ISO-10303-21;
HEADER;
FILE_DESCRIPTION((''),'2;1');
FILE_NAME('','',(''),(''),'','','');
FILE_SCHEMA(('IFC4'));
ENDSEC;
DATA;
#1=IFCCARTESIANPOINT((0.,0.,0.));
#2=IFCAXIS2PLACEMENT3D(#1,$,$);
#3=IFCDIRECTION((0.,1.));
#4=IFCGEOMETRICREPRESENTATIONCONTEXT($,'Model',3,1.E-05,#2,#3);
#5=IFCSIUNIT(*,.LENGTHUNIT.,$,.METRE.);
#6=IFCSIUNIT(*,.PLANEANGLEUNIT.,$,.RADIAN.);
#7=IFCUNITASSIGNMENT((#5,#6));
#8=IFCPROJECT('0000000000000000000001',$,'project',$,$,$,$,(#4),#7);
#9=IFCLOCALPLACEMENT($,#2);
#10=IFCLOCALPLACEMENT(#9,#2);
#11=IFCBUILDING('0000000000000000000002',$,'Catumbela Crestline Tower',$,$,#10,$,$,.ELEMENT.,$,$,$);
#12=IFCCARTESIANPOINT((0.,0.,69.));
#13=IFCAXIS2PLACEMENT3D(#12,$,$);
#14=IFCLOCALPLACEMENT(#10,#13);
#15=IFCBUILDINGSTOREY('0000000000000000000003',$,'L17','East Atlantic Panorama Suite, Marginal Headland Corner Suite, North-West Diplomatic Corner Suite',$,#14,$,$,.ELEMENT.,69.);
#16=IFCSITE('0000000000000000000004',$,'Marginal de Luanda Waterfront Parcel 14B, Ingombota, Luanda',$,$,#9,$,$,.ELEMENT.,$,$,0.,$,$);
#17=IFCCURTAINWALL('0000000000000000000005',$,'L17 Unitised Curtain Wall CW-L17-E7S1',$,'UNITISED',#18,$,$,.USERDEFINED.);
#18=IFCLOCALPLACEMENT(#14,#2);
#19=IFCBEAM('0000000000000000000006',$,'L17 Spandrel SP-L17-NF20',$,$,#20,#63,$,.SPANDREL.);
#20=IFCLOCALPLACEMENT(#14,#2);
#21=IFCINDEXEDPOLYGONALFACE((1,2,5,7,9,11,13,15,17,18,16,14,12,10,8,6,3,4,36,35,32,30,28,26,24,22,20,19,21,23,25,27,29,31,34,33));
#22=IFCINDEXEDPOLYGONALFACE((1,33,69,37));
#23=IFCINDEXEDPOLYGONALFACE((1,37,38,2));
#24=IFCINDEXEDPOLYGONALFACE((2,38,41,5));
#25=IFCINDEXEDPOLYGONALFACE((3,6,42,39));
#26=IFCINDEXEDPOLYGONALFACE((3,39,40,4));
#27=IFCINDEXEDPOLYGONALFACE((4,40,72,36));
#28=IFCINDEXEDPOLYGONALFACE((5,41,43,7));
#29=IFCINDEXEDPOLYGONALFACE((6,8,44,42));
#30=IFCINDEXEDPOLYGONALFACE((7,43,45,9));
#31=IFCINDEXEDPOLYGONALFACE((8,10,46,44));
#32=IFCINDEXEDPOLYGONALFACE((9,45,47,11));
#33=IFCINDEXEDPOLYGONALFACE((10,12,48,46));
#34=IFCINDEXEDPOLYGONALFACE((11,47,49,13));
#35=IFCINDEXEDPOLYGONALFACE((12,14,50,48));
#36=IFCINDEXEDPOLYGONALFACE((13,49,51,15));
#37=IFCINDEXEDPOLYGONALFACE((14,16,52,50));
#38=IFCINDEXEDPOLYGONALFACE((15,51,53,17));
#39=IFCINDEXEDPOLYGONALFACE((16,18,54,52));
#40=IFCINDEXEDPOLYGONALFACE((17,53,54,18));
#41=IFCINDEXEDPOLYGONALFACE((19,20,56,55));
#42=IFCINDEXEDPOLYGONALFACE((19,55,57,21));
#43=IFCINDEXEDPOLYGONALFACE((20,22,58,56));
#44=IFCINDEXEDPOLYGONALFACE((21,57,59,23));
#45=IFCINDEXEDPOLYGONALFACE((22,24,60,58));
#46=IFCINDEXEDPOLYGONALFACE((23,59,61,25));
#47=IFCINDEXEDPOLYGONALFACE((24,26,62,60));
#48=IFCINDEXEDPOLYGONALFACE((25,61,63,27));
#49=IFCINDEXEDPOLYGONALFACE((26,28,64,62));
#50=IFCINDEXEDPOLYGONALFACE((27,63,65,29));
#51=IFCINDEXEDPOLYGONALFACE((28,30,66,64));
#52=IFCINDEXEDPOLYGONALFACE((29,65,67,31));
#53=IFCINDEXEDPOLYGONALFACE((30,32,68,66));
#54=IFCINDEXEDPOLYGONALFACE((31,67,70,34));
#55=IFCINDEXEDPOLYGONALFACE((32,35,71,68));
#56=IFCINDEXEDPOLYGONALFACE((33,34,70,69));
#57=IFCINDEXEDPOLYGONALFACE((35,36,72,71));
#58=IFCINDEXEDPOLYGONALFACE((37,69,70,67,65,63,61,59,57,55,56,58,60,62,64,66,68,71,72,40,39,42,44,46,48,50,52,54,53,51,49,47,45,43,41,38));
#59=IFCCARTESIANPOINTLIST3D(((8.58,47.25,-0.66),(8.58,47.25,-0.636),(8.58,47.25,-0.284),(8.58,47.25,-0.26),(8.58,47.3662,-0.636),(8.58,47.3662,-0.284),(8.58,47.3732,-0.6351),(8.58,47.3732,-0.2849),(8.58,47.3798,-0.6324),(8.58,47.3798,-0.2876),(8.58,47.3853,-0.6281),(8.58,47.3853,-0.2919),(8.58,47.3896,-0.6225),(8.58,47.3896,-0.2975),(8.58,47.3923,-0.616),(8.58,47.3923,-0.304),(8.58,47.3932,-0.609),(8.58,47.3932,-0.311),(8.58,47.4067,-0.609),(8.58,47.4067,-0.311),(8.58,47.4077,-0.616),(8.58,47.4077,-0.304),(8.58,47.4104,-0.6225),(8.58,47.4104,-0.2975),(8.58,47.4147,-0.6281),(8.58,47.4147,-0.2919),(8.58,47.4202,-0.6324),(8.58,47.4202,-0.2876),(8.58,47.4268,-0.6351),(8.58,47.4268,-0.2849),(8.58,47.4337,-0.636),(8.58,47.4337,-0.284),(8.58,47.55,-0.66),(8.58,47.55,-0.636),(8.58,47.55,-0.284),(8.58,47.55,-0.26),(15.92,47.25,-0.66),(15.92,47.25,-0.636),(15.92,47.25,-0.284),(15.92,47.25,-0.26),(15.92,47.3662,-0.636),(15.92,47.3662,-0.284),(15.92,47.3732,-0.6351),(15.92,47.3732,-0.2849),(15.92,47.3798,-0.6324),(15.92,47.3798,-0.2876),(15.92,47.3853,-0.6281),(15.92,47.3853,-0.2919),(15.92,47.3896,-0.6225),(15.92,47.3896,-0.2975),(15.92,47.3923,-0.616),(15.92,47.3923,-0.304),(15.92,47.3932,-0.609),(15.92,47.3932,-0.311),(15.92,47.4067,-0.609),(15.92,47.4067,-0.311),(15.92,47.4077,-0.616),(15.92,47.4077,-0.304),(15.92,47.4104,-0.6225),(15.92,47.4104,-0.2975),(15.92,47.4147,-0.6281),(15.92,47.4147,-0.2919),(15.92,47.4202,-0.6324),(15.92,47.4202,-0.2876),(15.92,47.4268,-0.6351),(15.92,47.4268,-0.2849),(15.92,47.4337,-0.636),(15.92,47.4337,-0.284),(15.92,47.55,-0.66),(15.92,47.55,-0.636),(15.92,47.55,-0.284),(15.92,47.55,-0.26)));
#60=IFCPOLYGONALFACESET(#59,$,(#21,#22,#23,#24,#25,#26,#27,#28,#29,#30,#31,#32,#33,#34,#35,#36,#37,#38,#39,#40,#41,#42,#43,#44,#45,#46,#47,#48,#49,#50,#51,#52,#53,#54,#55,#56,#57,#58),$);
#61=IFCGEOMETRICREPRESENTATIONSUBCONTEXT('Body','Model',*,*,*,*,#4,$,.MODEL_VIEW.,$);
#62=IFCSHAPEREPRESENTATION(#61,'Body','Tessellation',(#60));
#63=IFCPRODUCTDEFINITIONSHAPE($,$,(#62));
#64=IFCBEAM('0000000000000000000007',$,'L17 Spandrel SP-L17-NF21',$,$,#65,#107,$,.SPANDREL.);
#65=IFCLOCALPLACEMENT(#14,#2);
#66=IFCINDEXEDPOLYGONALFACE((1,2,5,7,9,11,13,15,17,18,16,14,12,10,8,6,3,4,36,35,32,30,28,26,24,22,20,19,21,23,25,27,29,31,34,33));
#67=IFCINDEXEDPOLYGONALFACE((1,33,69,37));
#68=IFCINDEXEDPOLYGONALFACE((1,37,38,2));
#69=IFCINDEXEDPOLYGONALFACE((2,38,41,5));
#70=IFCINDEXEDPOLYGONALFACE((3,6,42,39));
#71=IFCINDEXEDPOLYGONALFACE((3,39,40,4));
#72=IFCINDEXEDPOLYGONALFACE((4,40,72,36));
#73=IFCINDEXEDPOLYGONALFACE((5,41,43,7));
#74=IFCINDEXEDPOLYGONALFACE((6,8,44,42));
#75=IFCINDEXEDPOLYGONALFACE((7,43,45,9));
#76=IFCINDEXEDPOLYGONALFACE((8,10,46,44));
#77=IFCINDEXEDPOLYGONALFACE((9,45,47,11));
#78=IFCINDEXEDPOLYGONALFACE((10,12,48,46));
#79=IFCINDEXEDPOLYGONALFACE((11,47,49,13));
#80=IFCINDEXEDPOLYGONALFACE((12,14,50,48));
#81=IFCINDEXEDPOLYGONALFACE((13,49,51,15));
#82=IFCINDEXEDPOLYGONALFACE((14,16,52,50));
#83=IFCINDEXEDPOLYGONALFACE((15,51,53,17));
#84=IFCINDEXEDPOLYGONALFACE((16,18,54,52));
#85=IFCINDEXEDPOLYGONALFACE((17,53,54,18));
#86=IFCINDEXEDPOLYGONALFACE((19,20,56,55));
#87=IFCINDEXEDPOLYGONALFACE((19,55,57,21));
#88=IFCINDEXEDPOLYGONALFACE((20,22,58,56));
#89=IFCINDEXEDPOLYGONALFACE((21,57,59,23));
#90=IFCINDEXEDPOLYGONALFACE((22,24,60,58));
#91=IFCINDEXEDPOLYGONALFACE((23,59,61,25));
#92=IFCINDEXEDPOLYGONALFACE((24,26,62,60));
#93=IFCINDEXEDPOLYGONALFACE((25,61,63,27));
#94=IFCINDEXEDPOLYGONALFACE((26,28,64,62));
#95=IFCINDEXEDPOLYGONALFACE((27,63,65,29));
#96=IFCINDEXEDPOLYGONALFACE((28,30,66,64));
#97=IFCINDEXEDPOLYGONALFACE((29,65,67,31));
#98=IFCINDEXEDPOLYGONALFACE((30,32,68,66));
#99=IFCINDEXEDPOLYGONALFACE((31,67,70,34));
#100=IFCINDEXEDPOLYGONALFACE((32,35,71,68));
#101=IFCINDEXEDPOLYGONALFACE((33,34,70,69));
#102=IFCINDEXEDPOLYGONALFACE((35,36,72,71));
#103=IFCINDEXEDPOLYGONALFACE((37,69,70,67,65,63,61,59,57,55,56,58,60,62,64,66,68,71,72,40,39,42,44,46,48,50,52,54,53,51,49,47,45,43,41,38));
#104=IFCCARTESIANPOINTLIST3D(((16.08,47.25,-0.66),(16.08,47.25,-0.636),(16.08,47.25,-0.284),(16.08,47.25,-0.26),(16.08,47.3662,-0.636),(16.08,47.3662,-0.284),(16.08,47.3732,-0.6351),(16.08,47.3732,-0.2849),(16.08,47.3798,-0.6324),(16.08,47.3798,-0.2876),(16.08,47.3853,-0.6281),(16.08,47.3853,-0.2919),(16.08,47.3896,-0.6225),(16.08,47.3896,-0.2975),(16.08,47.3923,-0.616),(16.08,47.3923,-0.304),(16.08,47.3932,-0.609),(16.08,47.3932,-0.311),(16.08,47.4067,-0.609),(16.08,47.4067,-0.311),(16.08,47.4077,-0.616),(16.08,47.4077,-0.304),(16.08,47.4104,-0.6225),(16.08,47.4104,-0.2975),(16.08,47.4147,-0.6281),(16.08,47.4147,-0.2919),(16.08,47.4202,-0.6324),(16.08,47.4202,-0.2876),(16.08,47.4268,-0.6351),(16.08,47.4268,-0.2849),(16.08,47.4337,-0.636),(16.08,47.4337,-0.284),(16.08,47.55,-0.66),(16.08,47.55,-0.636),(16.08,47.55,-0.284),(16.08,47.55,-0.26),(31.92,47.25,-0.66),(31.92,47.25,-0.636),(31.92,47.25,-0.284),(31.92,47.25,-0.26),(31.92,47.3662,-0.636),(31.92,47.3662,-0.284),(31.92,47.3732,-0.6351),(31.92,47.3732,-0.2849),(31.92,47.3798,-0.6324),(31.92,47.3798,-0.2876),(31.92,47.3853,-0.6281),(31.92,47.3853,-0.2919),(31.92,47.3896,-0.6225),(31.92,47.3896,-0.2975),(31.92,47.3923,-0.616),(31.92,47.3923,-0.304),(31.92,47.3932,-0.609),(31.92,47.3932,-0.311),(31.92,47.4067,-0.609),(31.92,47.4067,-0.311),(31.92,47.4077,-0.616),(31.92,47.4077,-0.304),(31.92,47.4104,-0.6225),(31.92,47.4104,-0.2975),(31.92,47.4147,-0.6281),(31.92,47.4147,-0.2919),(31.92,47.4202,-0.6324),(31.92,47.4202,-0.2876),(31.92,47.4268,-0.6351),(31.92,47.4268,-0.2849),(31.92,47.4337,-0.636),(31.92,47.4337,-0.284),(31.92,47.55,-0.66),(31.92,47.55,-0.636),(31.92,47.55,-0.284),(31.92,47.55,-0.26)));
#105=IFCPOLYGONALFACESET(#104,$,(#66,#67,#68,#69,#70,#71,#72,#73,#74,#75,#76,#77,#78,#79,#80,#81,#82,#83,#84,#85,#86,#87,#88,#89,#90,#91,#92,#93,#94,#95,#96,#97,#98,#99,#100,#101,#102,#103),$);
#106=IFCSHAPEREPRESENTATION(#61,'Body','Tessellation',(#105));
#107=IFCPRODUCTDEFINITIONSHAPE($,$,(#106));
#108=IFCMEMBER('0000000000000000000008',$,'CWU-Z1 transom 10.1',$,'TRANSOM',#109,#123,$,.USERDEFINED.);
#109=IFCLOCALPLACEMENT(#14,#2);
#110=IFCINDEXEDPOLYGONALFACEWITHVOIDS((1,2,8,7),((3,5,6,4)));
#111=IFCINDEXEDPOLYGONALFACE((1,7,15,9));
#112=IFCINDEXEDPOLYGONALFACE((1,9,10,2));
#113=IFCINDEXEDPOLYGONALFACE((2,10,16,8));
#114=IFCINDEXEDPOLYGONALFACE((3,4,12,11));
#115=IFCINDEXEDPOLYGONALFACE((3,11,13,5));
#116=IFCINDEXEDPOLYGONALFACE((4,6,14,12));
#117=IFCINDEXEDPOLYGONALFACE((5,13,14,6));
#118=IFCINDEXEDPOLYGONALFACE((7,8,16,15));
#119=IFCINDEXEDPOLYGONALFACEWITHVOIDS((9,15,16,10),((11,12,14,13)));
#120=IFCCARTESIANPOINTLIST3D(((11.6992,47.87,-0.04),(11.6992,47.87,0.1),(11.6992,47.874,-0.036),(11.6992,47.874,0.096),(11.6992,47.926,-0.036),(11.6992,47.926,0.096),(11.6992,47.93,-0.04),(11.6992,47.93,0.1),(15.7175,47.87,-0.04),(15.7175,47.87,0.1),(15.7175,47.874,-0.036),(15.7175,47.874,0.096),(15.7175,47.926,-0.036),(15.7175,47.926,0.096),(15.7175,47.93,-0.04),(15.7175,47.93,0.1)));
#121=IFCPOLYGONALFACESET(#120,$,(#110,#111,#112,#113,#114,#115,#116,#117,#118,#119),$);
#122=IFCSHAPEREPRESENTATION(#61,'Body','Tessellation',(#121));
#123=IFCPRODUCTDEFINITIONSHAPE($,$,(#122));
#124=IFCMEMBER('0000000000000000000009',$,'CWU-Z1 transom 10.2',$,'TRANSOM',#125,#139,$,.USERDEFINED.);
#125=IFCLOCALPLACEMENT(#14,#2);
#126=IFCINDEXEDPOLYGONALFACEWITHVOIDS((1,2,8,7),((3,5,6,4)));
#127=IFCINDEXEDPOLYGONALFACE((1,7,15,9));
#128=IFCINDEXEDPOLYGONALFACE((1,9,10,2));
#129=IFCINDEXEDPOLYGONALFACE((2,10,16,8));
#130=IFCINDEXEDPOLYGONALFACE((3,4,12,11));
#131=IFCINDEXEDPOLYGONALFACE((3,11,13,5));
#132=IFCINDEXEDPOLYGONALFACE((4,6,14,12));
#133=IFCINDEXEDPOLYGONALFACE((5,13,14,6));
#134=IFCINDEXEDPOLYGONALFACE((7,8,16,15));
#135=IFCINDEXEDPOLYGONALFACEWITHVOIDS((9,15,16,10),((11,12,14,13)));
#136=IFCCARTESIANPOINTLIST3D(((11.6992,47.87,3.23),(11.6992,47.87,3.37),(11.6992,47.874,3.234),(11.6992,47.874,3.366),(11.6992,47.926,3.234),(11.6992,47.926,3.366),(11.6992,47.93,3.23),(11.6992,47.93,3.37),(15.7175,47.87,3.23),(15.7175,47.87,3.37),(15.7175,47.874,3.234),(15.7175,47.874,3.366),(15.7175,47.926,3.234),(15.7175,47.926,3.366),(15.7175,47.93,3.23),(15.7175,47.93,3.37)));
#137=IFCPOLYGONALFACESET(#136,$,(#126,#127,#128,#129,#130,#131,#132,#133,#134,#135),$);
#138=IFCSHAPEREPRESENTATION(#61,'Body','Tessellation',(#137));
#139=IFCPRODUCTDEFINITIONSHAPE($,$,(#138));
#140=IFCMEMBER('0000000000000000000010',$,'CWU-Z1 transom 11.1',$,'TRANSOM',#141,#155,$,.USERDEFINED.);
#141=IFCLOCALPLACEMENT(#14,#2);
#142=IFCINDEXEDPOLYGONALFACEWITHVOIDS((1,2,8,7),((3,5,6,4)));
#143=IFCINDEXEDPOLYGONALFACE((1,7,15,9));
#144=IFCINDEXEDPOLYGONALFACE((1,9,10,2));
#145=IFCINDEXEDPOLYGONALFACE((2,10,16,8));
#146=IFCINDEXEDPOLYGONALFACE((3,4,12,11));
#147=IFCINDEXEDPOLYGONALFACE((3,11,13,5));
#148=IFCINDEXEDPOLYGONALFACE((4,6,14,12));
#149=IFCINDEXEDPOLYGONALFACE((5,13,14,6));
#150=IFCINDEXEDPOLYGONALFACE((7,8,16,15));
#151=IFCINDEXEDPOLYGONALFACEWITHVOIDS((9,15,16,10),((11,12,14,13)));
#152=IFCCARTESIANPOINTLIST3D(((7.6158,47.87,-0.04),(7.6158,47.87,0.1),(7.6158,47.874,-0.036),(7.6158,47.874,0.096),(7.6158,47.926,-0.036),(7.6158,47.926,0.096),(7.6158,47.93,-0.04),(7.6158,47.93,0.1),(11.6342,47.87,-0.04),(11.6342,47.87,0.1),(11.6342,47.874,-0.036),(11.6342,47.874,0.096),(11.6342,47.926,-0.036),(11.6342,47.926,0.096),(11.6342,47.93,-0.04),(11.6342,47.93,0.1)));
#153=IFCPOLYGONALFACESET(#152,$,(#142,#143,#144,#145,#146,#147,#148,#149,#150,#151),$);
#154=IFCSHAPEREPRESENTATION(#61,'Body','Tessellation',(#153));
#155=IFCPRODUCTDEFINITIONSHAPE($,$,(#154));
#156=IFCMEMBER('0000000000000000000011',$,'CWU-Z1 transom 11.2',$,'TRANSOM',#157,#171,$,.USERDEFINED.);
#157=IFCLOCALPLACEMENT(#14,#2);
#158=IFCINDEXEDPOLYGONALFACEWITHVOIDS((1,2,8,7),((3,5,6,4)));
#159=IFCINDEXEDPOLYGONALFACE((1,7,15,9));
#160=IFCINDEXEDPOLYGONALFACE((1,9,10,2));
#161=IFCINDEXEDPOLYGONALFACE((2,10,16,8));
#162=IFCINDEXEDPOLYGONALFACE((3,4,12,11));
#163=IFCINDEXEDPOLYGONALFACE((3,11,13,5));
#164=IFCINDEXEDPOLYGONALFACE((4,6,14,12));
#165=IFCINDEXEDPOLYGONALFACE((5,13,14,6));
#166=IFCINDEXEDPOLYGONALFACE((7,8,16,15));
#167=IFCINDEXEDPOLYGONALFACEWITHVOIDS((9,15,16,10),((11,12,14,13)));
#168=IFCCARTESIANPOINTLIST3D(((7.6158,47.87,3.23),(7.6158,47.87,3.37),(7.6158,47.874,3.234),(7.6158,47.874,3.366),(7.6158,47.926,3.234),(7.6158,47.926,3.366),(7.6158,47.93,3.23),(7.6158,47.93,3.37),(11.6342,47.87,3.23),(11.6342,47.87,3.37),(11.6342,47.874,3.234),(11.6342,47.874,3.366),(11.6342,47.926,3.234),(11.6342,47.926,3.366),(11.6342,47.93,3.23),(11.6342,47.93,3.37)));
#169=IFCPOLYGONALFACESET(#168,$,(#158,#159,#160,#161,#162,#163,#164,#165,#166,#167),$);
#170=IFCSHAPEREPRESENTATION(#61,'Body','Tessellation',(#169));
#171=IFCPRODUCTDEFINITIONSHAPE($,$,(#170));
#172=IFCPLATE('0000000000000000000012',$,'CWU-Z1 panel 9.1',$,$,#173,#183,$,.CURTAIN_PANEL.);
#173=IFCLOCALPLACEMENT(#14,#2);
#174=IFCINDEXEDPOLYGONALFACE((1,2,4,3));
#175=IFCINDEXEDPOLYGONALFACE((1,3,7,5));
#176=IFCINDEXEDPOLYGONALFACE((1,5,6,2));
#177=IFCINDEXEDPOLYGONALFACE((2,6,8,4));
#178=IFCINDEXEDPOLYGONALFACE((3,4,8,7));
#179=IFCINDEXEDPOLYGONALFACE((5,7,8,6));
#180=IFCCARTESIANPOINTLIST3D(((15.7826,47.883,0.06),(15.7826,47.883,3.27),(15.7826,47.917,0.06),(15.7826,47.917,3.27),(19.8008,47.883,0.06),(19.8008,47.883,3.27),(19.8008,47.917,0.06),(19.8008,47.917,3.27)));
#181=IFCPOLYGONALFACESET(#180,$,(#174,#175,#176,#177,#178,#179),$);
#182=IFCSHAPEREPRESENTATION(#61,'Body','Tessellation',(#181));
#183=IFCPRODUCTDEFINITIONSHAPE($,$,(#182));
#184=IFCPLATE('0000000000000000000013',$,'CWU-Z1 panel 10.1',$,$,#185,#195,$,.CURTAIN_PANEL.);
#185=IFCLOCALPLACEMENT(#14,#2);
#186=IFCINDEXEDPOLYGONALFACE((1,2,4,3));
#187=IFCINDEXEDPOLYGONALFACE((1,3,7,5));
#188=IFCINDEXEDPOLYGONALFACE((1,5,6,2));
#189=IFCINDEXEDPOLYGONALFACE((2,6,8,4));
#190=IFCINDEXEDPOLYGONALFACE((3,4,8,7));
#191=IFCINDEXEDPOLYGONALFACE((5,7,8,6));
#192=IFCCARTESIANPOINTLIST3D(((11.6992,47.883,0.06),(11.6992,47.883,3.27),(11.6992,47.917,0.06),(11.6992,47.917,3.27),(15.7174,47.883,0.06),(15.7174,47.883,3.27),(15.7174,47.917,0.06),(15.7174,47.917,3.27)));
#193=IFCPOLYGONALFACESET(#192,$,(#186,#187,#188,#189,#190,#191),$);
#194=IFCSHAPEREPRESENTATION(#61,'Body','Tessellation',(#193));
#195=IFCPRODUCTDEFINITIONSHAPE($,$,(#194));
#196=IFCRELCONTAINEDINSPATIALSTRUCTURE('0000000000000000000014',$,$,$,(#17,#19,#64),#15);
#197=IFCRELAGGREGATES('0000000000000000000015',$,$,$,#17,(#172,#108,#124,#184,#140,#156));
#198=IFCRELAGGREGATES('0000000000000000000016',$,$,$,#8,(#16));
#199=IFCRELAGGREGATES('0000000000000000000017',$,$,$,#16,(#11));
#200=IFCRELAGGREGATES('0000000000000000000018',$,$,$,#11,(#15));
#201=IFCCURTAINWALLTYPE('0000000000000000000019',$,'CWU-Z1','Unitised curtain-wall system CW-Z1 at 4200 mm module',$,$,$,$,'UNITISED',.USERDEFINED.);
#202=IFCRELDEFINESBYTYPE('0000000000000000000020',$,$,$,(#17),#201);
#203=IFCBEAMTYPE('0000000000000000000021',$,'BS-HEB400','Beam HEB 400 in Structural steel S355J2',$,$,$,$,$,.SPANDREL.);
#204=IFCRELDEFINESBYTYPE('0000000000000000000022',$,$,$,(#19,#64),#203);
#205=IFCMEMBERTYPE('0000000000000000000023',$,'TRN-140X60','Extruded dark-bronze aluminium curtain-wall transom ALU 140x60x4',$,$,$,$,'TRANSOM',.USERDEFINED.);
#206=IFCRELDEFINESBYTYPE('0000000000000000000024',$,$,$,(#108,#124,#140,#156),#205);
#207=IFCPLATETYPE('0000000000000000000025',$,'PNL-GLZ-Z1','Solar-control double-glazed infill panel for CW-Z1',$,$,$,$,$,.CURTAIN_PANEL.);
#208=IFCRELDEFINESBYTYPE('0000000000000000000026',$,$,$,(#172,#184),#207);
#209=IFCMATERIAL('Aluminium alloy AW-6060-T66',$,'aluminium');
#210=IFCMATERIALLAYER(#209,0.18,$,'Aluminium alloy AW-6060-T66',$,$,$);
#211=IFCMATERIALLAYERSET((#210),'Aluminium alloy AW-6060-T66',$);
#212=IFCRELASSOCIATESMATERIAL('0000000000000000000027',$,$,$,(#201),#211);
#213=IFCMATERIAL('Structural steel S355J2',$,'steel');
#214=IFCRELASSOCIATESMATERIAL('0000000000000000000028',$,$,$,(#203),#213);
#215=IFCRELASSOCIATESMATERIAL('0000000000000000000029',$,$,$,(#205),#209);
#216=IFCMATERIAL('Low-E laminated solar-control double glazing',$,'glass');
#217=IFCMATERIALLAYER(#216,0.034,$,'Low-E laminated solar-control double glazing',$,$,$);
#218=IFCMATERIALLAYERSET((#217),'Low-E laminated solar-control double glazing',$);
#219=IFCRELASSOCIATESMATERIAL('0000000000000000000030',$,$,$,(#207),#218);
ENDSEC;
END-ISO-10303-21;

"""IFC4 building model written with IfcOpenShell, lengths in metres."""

from ifc_helpers import new_model, si_unit, direction, frame, origin, origin_2d, place, context, subcontext, project, spatial, rectangle, hollow_rectangle, i_section, extrude, material, layer, layer_set, material_profile, profile_set, type_object, element, aggregate, save


model = new_model("IFC4")

# Units and contexts
model_context = context("Model", 3, precision=1e-05, world=origin(), true_north=direction((0.0, 1.0)))
body_context = subcontext(model_context, "Body", "Model", "MODEL_VIEW")
ifc_project = project(units=[si_unit("LENGTHUNIT", "METRE"), si_unit("PLANEANGLEUNIT", "RADIAN")], contexts=[model_context])

# Site, building, storey
site_placement = place(None, origin())
site = spatial("IfcSite", under=ifc_project, at=site_placement, Name="Marginal de Luanda Waterfront Parcel 14B, Ingombota, Luanda", CompositionType="ELEMENT", RefElevation=0.0)
building_placement = place(site_placement, origin())
building = spatial("IfcBuilding", under=site, at=building_placement, Name="Catumbela Crestline Tower", CompositionType="ELEMENT")
storey_placement = place(building_placement, frame((0.0, 0.0, 69.0)))
storey = spatial("IfcBuildingStorey", under=building, at=storey_placement, Name="L17", Description="East Atlantic Panorama Suite, Marginal Headland Corner Suite, North-West Diplomatic Corner Suite", CompositionType="ELEMENT", Elevation=69.0)

# Curtain wall
ifc_material_1 = material(Name="Aluminium alloy AW-6060-T66", Category="aluminium")
ifc_layer_1 = layer(ifc_material_1, 0.18, Name="Aluminium alloy AW-6060-T66")
ifc_layer_set_1 = layer_set([ifc_layer_1], Name="Aluminium alloy AW-6060-T66")
curtain_wall_type = type_object("IfcCurtainWallType", Name="CWU-Z1", Description="Unitised curtain-wall system CW-Z1 at 4200 mm module", ElementType="UNITISED", PredefinedType="USERDEFINED", material=ifc_layer_set_1)
curtain_wall_placement = place(storey_placement, origin())
curtain_wall = element("IfcCurtainWall", 1, at=curtain_wall_placement, inside=storey, type_object=curtain_wall_type, Name="L17 Unitised Curtain Wall CW-L17-E7S1", ObjectType="UNITISED", PredefinedType="USERDEFINED")

# Beams
ifc_material_2 = material(Name="Structural steel S355J2", Category="steel")
ifc_material_profile_1 = material_profile(ifc_material_2, i_section(OverallWidth=0.3, OverallDepth=0.4, WebThickness=0.0135, FlangeThickness=0.024, FilletRadius=0.027, at=origin_2d()), Name="HEB 400")
ifc_profile_set_1 = profile_set([ifc_material_profile_1], Name="Structural steel S355J2")
beam_type = type_object("IfcBeamType", Name="BS-HEB400", Description="Beam HEB 400 in Structural steel S355J2", PredefinedType="SPANDREL", material=ifc_profile_set_1)
beam_1_placement = place(storey_placement, frame((8.58, 47.4, -0.46), z_axis=(1.0, 0.0, 0.0), x_axis=(0.0, 1.0, 0.0)))
element("IfcBeam", 2, at=beam_1_placement, inside=storey, type_object=beam_type, Name="L17 Spandrel SP-L17-NF20", PredefinedType="SPANDREL", context=body_context, shape_type="SweptSolid", body=[
    extrude(i_section(OverallWidth=0.3, OverallDepth=0.4, WebThickness=0.0135, FlangeThickness=0.024, FilletRadius=0.027, at=origin_2d()), origin(), (0.0, 0.0, 1.0), 7.34),
])
beam_2_placement = place(storey_placement, frame((16.08, 47.4, -0.46), z_axis=(1.0, 0.0, 0.0), x_axis=(0.0, 1.0, 0.0)))
element("IfcBeam", 3, at=beam_2_placement, inside=storey, type_object=beam_type, Name="L17 Spandrel SP-L17-NF21", PredefinedType="SPANDREL", context=body_context, shape_type="SweptSolid", body=[
    extrude(i_section(OverallWidth=0.3, OverallDepth=0.4, WebThickness=0.0135, FlangeThickness=0.024, FilletRadius=0.027, at=origin_2d()), origin(), (0.0, 0.0, 1.0), 15.84),
])

# Members
ifc_material_profile_2 = material_profile(ifc_material_1, hollow_rectangle(XDim=0.06, YDim=0.14, WallThickness=0.004, at=origin_2d()), Name="ALU 140x60x4")
ifc_profile_set_2 = profile_set([ifc_material_profile_2], Name="Aluminium alloy AW-6060-T66")
member_type_1 = type_object("IfcMemberType", Name="TRN-140X60", Description="Extruded dark-bronze aluminium curtain-wall transom ALU 140x60x4", ElementType="TRANSOM", PredefinedType="USERDEFINED", material=ifc_profile_set_2)
member_1_placement = place(storey_placement, frame((15.7175, 47.9, 0.03), z_axis=(-1.0, 0.0, 0.0), x_axis=(0.0, -1.0, 0.0)))
member_1 = element("IfcMember", 4, at=member_1_placement, type_object=member_type_1, Name="CWU-Z1 transom 10.1", ObjectType="TRANSOM", PredefinedType="USERDEFINED", context=body_context, shape_type="SweptSolid", body=[
    extrude(hollow_rectangle(XDim=0.06, YDim=0.14, WallThickness=0.004, at=origin_2d()), origin(), (0.0, 0.0, 1.0), 4.0183),
])
member_2_placement = place(storey_placement, frame((15.7175, 47.9, 3.3), z_axis=(-1.0, 0.0, 0.0), x_axis=(0.0, -1.0, 0.0)))
member_2 = element("IfcMember", 5, at=member_2_placement, type_object=member_type_1, Name="CWU-Z1 transom 10.2", ObjectType="TRANSOM", PredefinedType="USERDEFINED", context=body_context, shape_type="SweptSolid", body=[
    extrude(hollow_rectangle(XDim=0.06, YDim=0.14, WallThickness=0.004, at=origin_2d()), origin(), (0.0, 0.0, 1.0), 4.0183),
])
member_3_placement = place(storey_placement, frame((11.6342, 47.9, 0.03), z_axis=(-1.0, 0.0, 0.0), x_axis=(0.0, -1.0, 0.0)))
member_3 = element("IfcMember", 6, at=member_3_placement, type_object=member_type_1, Name="CWU-Z1 transom 11.1", ObjectType="TRANSOM", PredefinedType="USERDEFINED", context=body_context, shape_type="SweptSolid", body=[
    extrude(hollow_rectangle(XDim=0.06, YDim=0.14, WallThickness=0.004, at=origin_2d()), origin(), (0.0, 0.0, 1.0), 4.0184),
])
member_4_placement = place(storey_placement, frame((11.6342, 47.9, 3.3), z_axis=(-1.0, 0.0, 0.0), x_axis=(0.0, -1.0, 0.0)))
member_4 = element("IfcMember", 7, at=member_4_placement, type_object=member_type_1, Name="CWU-Z1 transom 11.2", ObjectType="TRANSOM", PredefinedType="USERDEFINED", context=body_context, shape_type="SweptSolid", body=[
    extrude(hollow_rectangle(XDim=0.06, YDim=0.14, WallThickness=0.004, at=origin_2d()), origin(), (0.0, 0.0, 1.0), 4.0184),
])

# Plates
ifc_material_3 = material(Name="Low-E laminated solar-control double glazing", Category="glass")
ifc_layer_2 = layer(ifc_material_3, 0.034, Name="Low-E laminated solar-control double glazing")
ifc_layer_set_2 = layer_set([ifc_layer_2], Name="Low-E laminated solar-control double glazing")
plate_type = type_object("IfcPlateType", Name="PNL-GLZ-Z1", Description="Solar-control double-glazed infill panel for CW-Z1", PredefinedType="CURTAIN_PANEL", material=ifc_layer_set_2)
plate_1_placement = place(storey_placement, frame((17.7917, 47.9, 0.06), z_axis=(0.0, 0.0, 1.0), x_axis=(-1.0, 0.0, 0.0)))
plate_1 = element("IfcPlate", 8, at=plate_1_placement, type_object=plate_type, Name="CWU-Z1 panel 9.1", PredefinedType="CURTAIN_PANEL", context=body_context, shape_type="SweptSolid", body=[
    extrude(rectangle(XDim=4.0183, YDim=0.034, at=origin_2d()), origin(), (0.0, 0.0, 1.0), 3.21),
])
plate_2_placement = place(storey_placement, frame((13.7083, 47.9, 0.06), z_axis=(0.0, 0.0, 1.0), x_axis=(-1.0, 0.0, 0.0)))
plate_2 = element("IfcPlate", 9, at=plate_2_placement, type_object=plate_type, Name="CWU-Z1 panel 10.1", PredefinedType="CURTAIN_PANEL", context=body_context, shape_type="SweptSolid", body=[
    extrude(rectangle(XDim=4.0183, YDim=0.034, at=origin_2d()), origin(), (0.0, 0.0, 1.0), 3.21),
])
aggregate(curtain_wall, [plate_1, member_1, member_2, plate_2, member_3, member_4])

save(model, "model.ifc")
